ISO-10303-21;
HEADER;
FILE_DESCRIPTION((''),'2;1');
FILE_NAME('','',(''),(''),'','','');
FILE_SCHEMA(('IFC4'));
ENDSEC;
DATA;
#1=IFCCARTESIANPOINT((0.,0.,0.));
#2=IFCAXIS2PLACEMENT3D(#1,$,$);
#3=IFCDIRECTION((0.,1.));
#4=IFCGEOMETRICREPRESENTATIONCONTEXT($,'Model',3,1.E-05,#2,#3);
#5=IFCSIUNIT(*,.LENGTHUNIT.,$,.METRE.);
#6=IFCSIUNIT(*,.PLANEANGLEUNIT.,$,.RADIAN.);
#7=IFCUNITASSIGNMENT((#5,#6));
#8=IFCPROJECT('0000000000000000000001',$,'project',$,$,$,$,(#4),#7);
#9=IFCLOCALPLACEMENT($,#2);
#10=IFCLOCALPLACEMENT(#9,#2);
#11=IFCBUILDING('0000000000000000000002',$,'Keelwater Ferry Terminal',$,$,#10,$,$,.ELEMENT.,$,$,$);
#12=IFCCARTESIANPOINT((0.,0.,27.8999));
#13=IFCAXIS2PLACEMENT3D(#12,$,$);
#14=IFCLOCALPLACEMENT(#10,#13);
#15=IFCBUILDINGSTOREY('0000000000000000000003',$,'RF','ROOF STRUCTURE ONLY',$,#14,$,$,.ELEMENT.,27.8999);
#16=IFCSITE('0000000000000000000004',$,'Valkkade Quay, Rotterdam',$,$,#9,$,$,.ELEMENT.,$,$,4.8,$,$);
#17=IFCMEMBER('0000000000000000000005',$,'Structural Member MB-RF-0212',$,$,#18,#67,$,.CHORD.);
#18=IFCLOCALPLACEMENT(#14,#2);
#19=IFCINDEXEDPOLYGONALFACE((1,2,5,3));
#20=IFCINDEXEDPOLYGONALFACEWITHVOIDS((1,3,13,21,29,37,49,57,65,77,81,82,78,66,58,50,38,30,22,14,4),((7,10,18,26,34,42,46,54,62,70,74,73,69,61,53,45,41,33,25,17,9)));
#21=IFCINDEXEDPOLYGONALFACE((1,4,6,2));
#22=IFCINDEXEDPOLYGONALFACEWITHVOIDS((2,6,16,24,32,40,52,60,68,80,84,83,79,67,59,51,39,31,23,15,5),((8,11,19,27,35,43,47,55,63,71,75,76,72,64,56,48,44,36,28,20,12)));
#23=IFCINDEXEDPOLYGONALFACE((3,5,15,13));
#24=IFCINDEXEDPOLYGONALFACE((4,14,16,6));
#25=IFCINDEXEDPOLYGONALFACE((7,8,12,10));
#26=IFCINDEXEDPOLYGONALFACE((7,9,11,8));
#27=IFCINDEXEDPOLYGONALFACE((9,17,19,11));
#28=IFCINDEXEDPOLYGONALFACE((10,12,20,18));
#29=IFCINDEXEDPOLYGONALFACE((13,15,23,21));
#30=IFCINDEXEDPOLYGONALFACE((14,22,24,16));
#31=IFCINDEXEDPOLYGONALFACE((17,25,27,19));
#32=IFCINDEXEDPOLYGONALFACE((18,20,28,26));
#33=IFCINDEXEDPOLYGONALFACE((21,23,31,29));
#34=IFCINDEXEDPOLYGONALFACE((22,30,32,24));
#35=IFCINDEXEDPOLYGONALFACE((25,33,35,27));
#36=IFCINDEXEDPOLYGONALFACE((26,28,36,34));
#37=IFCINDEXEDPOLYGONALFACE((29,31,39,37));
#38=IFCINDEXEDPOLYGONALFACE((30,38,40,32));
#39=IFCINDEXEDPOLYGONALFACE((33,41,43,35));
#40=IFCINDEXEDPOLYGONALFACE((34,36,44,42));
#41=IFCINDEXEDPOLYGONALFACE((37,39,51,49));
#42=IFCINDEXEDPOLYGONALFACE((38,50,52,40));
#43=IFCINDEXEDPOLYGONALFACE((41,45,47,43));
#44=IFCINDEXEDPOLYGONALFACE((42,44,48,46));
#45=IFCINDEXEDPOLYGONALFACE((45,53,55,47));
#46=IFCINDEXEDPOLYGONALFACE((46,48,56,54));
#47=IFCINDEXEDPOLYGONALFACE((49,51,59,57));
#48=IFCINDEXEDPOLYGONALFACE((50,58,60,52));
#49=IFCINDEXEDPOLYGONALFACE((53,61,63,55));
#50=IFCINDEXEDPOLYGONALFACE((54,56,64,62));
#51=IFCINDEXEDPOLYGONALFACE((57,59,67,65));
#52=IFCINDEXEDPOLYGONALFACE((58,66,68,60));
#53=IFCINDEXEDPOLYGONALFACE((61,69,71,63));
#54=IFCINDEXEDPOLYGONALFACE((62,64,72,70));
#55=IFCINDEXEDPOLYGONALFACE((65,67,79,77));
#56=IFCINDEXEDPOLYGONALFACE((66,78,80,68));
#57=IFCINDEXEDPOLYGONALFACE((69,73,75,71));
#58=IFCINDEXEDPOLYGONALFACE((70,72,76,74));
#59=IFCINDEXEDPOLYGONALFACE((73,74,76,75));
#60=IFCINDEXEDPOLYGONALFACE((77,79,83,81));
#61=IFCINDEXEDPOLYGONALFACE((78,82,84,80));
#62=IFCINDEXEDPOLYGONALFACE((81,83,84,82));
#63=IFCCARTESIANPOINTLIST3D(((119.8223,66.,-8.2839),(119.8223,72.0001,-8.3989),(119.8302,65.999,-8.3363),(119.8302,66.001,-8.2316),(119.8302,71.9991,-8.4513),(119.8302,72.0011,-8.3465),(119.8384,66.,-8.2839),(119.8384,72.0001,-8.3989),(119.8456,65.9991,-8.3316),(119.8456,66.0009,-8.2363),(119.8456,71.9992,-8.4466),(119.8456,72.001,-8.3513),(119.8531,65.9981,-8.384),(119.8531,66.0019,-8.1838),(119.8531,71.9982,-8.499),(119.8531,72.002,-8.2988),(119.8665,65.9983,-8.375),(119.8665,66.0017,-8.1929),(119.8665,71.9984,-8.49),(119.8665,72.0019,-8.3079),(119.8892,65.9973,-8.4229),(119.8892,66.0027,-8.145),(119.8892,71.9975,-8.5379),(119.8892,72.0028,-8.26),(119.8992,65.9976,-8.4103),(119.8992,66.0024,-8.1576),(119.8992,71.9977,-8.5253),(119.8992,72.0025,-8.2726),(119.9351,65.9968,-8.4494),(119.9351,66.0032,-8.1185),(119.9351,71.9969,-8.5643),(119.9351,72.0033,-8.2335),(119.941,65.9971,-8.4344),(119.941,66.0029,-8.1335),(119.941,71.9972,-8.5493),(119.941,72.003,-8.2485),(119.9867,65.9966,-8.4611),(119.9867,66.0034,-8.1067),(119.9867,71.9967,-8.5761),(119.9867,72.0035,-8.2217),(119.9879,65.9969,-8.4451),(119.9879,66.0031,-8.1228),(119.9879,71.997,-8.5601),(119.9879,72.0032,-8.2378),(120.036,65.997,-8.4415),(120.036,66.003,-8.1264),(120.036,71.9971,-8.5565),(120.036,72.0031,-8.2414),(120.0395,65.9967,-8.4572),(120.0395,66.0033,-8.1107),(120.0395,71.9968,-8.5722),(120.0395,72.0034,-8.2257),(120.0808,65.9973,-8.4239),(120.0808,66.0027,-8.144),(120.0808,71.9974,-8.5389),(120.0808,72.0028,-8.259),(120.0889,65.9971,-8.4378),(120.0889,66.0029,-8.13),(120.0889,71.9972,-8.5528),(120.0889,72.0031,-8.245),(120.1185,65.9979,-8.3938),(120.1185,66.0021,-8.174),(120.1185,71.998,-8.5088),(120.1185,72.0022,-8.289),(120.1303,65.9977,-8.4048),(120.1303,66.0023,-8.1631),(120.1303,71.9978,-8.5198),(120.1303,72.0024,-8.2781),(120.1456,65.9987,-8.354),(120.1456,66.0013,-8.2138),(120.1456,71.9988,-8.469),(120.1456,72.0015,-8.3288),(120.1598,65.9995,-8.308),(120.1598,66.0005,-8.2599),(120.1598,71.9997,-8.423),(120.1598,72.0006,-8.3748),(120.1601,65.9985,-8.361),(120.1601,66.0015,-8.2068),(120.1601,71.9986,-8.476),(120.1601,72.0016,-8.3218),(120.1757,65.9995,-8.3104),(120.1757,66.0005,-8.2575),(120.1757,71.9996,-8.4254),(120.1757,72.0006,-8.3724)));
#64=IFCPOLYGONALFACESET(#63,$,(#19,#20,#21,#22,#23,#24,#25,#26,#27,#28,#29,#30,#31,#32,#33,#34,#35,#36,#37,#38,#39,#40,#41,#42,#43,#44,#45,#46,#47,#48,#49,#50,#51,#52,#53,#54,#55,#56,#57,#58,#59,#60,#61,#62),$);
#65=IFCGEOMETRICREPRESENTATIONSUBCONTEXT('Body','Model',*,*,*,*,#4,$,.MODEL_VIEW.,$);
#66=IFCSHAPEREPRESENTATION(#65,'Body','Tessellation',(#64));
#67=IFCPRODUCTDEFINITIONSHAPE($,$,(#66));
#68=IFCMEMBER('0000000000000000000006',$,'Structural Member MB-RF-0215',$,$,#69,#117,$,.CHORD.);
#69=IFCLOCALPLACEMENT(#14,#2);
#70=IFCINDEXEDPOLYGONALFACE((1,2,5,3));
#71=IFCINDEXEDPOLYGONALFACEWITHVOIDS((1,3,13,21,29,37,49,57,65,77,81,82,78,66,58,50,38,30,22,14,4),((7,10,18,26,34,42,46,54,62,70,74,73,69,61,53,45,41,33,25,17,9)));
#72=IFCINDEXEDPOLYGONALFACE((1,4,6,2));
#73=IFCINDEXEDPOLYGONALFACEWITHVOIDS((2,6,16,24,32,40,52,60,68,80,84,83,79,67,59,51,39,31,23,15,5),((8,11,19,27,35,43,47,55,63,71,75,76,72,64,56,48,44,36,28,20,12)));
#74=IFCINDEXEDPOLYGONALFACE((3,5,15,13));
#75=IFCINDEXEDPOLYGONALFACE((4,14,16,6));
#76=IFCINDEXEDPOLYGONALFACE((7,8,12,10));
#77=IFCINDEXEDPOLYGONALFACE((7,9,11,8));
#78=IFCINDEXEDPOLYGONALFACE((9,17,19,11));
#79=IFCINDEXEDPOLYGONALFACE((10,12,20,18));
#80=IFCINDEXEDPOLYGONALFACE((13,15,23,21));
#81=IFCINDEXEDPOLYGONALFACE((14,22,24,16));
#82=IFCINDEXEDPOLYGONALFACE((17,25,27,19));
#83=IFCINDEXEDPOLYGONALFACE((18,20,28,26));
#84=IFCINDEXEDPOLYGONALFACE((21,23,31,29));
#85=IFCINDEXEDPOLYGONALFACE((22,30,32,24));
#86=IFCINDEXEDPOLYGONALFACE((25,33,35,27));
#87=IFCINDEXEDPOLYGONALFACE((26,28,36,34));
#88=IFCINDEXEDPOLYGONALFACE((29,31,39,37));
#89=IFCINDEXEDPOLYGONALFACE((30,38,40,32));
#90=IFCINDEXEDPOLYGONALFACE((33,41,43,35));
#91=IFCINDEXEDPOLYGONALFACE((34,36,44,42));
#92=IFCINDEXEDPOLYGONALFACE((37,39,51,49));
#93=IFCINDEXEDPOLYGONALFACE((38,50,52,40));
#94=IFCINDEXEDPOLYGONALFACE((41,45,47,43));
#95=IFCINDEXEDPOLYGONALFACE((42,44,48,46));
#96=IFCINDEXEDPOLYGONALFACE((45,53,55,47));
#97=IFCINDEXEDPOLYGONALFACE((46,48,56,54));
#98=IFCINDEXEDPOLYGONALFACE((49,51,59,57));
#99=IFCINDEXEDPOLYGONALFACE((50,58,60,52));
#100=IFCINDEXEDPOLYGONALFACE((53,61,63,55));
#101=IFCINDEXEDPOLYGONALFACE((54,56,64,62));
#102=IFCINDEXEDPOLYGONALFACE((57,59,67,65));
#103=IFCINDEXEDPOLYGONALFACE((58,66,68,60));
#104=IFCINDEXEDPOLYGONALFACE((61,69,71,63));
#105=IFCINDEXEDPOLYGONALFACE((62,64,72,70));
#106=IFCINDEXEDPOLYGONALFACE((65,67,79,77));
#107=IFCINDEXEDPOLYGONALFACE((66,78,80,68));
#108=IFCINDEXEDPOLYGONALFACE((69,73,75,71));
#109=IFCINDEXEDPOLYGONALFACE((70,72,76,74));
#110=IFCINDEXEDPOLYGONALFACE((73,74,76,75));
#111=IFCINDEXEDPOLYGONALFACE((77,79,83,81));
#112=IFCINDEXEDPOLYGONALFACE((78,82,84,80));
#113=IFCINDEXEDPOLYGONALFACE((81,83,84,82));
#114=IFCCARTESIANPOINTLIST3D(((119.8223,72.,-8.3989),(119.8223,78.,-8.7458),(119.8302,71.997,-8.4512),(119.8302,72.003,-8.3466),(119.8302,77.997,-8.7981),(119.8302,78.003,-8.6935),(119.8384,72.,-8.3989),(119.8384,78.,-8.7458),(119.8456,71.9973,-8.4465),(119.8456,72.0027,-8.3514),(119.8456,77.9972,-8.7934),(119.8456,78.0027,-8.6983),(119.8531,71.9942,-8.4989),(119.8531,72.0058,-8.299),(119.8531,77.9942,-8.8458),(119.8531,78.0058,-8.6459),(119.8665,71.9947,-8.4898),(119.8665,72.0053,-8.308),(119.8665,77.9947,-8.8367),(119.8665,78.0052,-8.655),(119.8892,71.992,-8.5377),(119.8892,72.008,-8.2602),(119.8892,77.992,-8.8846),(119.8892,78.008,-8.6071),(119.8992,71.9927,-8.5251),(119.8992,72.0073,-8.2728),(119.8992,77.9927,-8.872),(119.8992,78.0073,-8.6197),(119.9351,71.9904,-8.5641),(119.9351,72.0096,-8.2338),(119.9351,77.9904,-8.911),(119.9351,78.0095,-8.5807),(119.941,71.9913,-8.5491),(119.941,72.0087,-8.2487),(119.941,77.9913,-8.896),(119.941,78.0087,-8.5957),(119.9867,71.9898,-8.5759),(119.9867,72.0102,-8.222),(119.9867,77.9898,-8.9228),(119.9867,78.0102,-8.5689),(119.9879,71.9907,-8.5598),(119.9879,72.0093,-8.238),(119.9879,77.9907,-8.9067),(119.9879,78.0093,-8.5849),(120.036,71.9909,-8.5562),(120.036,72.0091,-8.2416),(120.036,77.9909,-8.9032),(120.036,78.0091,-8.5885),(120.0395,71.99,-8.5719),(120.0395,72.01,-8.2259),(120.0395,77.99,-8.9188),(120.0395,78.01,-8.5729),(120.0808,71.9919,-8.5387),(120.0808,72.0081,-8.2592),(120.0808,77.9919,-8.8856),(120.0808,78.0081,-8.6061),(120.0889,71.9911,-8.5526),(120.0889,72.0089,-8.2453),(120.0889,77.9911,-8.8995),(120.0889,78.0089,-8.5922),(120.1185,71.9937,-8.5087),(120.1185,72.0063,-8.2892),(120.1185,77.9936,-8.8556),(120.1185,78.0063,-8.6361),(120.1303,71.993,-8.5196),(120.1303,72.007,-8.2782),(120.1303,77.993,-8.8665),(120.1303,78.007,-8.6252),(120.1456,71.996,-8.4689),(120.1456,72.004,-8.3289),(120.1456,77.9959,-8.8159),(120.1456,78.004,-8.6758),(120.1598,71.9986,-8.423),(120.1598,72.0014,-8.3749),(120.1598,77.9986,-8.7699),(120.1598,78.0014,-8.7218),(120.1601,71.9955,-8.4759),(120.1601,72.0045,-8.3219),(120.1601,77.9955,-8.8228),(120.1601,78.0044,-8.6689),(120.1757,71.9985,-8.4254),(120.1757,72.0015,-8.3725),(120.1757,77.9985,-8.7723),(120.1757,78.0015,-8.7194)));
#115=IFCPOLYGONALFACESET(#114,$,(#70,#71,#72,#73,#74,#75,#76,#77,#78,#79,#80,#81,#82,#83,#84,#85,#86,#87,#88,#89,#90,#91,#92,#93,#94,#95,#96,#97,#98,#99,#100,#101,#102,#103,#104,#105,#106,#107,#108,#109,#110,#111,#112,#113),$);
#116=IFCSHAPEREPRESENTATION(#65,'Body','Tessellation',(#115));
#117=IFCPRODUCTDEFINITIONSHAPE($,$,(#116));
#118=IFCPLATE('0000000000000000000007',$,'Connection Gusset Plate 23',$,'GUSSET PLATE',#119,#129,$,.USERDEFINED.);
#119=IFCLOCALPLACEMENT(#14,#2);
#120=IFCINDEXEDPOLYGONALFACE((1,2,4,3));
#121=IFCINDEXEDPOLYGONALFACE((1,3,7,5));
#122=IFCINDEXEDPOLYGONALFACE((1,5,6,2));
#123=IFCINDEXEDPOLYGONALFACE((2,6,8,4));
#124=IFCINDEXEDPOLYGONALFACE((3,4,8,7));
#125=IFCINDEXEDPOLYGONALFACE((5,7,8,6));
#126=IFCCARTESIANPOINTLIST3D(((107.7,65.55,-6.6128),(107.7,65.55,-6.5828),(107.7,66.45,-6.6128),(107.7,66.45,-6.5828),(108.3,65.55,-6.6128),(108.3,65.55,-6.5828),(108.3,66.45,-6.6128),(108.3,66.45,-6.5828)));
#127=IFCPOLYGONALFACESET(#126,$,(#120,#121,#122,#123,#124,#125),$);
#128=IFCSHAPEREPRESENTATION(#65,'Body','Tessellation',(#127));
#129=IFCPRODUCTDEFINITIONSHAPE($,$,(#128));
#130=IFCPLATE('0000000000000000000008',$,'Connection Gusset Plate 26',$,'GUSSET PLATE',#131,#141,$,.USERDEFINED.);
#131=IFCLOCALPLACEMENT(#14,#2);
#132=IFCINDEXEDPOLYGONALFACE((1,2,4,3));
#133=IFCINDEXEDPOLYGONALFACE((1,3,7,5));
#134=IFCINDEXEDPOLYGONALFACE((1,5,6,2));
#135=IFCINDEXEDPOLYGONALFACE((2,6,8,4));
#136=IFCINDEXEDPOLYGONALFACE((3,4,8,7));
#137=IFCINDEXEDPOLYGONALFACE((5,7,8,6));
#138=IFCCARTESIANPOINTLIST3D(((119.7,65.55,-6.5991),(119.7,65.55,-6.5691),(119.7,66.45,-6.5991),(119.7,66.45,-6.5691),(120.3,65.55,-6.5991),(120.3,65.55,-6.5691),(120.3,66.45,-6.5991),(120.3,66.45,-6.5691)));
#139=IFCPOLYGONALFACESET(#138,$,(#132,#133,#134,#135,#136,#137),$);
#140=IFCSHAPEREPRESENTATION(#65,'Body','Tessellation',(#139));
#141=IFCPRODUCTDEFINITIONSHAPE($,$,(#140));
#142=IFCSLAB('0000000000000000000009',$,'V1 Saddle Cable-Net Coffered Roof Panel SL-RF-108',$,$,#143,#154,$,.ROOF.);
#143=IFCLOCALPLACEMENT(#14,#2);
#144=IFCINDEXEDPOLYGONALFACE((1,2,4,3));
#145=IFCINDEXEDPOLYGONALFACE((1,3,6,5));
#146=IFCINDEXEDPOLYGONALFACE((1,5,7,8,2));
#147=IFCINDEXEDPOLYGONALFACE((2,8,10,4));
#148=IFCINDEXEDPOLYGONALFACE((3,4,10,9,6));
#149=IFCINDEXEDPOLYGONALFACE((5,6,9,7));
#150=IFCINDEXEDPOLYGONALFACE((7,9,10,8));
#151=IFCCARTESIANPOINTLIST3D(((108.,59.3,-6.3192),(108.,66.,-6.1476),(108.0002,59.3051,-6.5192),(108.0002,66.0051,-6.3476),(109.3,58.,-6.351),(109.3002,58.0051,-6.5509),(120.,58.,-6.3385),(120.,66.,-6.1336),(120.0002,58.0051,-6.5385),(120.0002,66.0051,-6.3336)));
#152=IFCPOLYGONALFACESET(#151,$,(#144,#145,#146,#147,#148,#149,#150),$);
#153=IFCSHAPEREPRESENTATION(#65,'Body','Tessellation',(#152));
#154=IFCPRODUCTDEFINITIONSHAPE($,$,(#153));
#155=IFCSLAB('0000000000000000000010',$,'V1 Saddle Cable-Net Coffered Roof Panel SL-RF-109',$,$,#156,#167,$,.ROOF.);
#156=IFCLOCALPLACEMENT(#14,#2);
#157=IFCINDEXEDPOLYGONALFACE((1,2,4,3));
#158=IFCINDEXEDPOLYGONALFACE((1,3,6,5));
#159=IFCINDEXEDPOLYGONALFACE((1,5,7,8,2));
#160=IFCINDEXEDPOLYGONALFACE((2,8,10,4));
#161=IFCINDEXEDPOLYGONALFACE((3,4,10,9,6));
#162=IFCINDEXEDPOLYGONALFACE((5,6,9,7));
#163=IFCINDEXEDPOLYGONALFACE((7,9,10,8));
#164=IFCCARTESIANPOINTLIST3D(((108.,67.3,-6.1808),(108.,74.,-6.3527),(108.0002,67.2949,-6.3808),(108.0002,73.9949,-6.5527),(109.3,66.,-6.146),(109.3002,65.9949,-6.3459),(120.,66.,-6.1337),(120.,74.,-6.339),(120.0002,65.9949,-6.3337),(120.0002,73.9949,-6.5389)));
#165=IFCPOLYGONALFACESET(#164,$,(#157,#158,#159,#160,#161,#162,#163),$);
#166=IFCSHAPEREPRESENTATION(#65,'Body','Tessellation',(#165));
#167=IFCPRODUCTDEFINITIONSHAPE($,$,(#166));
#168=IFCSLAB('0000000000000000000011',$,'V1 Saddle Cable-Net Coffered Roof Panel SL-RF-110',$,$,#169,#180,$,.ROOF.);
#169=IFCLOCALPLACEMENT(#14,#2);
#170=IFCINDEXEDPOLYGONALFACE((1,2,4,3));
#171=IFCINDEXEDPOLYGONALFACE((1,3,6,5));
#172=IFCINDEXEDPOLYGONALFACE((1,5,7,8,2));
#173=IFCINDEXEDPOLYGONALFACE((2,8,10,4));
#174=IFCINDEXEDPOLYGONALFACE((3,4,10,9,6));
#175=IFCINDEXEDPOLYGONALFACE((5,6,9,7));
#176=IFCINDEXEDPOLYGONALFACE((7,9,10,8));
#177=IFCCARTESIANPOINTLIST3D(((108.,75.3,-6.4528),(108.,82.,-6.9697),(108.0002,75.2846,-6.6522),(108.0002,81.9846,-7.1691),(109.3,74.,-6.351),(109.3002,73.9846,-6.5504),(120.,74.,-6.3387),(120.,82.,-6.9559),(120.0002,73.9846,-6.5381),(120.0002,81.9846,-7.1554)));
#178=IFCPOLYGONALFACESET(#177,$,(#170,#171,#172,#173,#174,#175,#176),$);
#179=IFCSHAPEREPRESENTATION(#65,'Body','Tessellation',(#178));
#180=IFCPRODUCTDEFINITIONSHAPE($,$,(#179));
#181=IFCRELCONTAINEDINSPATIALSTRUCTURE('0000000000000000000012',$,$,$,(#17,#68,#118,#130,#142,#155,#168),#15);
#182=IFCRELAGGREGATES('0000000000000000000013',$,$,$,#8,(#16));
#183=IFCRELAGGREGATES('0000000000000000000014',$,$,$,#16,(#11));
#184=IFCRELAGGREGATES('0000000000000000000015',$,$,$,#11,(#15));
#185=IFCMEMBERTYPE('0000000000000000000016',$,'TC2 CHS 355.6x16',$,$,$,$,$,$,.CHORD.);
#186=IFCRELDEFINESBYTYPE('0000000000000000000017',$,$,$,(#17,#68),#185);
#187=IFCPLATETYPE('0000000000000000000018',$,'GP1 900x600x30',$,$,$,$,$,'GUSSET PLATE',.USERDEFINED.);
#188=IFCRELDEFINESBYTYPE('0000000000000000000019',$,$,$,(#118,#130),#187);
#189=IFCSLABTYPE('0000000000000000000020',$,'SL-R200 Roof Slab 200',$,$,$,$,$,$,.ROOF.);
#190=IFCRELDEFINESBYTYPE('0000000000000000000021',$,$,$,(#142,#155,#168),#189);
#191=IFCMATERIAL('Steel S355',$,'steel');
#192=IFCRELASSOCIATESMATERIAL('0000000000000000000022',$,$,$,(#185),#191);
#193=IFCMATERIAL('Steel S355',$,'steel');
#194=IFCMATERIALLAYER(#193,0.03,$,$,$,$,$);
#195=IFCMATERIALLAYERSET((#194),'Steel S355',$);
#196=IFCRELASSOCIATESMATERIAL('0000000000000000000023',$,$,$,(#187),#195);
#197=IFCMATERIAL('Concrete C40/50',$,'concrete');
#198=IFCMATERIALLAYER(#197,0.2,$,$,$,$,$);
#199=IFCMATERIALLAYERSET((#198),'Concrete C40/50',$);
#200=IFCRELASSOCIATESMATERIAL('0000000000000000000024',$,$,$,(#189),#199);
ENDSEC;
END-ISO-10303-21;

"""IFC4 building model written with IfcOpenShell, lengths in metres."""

from ifc_helpers import new_model, si_unit, direction, frame, origin, origin_with_axes, origin_2d, place, context, subcontext, project, spatial, polyline, rectangle, hollow_circle, outline, extrude, material, layer, layer_set, material_profile, profile_set, type_object, element, save


model = new_model("IFC4")

# Units and contexts
model_context = context("Model", 3, precision=1e-05, world=origin(), true_north=direction((0.0, 1.0)))
body_context = subcontext(model_context, "Body", "Model", "MODEL_VIEW")
ifc_project = project(units=[si_unit("LENGTHUNIT", "METRE"), si_unit("PLANEANGLEUNIT", "RADIAN")], contexts=[model_context])

# Site, building, storey
site_placement = place(None, origin())
site = spatial("IfcSite", under=ifc_project, at=site_placement, Name="Valkkade Quay, Rotterdam", CompositionType="ELEMENT", RefElevation=4.8)
building_placement = place(site_placement, origin())
building = spatial("IfcBuilding", under=site, at=building_placement, Name="Keelwater Ferry Terminal", CompositionType="ELEMENT")
storey_placement = place(building_placement, frame((0.0, 0.0, 27.8999)))
storey = spatial("IfcBuildingStorey", under=building, at=storey_placement, Name="RF", Description="ROOF STRUCTURE ONLY", CompositionType="ELEMENT", Elevation=27.8999)

# Members
ifc_material_1 = material(Name="Steel S355", Category="steel")
ifc_material_profile_1 = material_profile(ifc_material_1, hollow_circle(Radius=0.1777, WallThickness=0.0161, at=origin_2d()), Name="CHS 355.6x16")
ifc_profile_set_1 = profile_set([ifc_material_profile_1], Name="Steel S355")
member_type_1 = type_object("IfcMemberType", Name="TC2 CHS 355.6x16", PredefinedType="CHORD", material=ifc_profile_set_1)
for number, where, z_axis, x_axis, name in (
    (1, (120.0, 66.0, -8.2839), (0.0, 0.999816, -0.019162), (-1.0, 0.0, 0.0), "Structural Member MB-RF-0212"),
):
    element("IfcMember", number, at=place(storey_placement, frame(where, z_axis=z_axis, x_axis=x_axis)), inside=storey, type_object=member_type_1, Name=name, PredefinedType="CHORD", context=body_context, shape_type="SweptSolid", body=[
        extrude(hollow_circle(Radius=0.1777, WallThickness=0.0161, at=origin_2d()), origin(), (0.0, 0.0, 1.0), 6.0012),
    ])
member_1_placement = place(storey_placement, frame((120.0, 72.0, -8.3989), z_axis=(0.0, 0.998333, -0.057724), x_axis=(-1.0, 0.0, 0.0)))
element("IfcMember", 2, at=member_1_placement, inside=storey, type_object=member_type_1, Name="Structural Member MB-RF-0215", PredefinedType="CHORD", context=body_context, shape_type="SweptSolid", body=[
    extrude(hollow_circle(Radius=0.1777, WallThickness=0.0161, at=origin_2d()), origin(), (0.0, 0.0, 1.0), 6.01),
])

# Plates
ifc_material_2 = material(Name="Steel S355", Category="steel")
ifc_layer_1 = layer(ifc_material_2, 0.03)
ifc_layer_set_1 = layer_set([ifc_layer_1], Name="Steel S355")
plate_type = type_object("IfcPlateType", Name="GP1 900x600x30", ElementType="GUSSET PLATE", PredefinedType="USERDEFINED", material=ifc_layer_set_1)
for number, where, z_axis, x_axis, name in (
    (3, (108.0, 66.0, -6.6128), (0.0, 0.0, 1.0), (0.0, 1.0, 0.0), "Connection Gusset Plate 23"),
    (4, (120.0, 66.0, -6.5991), (0.0, 0.0, 1.0), (0.0, 1.0, 0.0), "Connection Gusset Plate 26"),
):
    element("IfcPlate", number, at=place(storey_placement, frame(where, z_axis=z_axis, x_axis=x_axis)), inside=storey, type_object=plate_type, Name=name, ObjectType="GUSSET PLATE", PredefinedType="USERDEFINED", context=body_context, shape_type="SweptSolid", body=[
        extrude(rectangle(XDim=0.8999, YDim=0.6001, at=origin_2d()), origin(), (0.0, 0.0, 1.0), 0.03),
    ])

# Slabs
ifc_material_3 = material(Name="Concrete C40/50", Category="concrete")
ifc_layer_2 = layer(ifc_material_3, 0.2)
ifc_layer_set_2 = layer_set([ifc_layer_2], Name="Concrete C40/50")
slab_type = type_object("IfcSlabType", Name="SL-R200 Roof Slab 200", PredefinedType="ROOF", material=ifc_layer_set_2)
slab_1_placement = place(storey_placement, frame((109.3002, 58.0051, -6.5509), z_axis=(-0.001166, -0.025602, 0.999672), x_axis=(0.999999, -0.00003, 0.001165)))
element("IfcSlab", 5, at=slab_1_placement, inside=storey, type_object=slab_type, Name="V1 Saddle Cable-Net Coffered Roof Panel SL-RF-108", PredefinedType="ROOF", context=body_context, shape_type="SweptSolid", body=[
    extrude(outline(polyline([(0.0, 0.0), (10.7, 0.0003), (10.7, 8.0029), (-1.3, 8.0026), (-1.3, 1.3004), (0.0, 0.0)])), origin_with_axes(), (0.0, 0.0, 1.0), 0.2),
])
slab_2_placement = place(storey_placement, frame((109.3002, 65.9949, -6.3459), z_axis=(-0.001147, 0.025648, 0.99967), x_axis=(0.999999, 0.000029, 0.001147)))
element("IfcSlab", 6, at=slab_2_placement, inside=storey, type_object=slab_type, Name="V1 Saddle Cable-Net Coffered Roof Panel SL-RF-109", PredefinedType="ROOF", context=body_context, shape_type="SweptSolid", body=[
    extrude(outline(polyline([(0.0, 0.0), (10.7, -0.0003), (10.7, 8.0023), (-1.3, 8.0027), (-1.3, 1.3005), (0.0, 0.0)])), origin_with_axes(), (0.0, 0.0, 1.0), 0.2),
])
slab_3_placement = place(storey_placement, frame((109.3002, 73.9846, -6.5504), z_axis=(-0.001145, 0.076926, 0.997036), x_axis=(0.999999, 0.000088, 0.001142)))
element("IfcSlab", 7, at=slab_3_placement, inside=storey, type_object=slab_type, Name="V1 Saddle Cable-Net Coffered Roof Panel SL-RF-110", PredefinedType="ROOF", context=body_context, shape_type="SweptSolid", body=[
    extrude(outline(polyline([(0.0, 0.0), (10.7, -0.0009), (10.7, 8.0228), (-1.3, 8.0239), (-1.3, 1.304), (0.0, 0.0)])), origin_with_axes(), (0.0, 0.0, 1.0), 0.2),
])

save(model, "model.ifc")
